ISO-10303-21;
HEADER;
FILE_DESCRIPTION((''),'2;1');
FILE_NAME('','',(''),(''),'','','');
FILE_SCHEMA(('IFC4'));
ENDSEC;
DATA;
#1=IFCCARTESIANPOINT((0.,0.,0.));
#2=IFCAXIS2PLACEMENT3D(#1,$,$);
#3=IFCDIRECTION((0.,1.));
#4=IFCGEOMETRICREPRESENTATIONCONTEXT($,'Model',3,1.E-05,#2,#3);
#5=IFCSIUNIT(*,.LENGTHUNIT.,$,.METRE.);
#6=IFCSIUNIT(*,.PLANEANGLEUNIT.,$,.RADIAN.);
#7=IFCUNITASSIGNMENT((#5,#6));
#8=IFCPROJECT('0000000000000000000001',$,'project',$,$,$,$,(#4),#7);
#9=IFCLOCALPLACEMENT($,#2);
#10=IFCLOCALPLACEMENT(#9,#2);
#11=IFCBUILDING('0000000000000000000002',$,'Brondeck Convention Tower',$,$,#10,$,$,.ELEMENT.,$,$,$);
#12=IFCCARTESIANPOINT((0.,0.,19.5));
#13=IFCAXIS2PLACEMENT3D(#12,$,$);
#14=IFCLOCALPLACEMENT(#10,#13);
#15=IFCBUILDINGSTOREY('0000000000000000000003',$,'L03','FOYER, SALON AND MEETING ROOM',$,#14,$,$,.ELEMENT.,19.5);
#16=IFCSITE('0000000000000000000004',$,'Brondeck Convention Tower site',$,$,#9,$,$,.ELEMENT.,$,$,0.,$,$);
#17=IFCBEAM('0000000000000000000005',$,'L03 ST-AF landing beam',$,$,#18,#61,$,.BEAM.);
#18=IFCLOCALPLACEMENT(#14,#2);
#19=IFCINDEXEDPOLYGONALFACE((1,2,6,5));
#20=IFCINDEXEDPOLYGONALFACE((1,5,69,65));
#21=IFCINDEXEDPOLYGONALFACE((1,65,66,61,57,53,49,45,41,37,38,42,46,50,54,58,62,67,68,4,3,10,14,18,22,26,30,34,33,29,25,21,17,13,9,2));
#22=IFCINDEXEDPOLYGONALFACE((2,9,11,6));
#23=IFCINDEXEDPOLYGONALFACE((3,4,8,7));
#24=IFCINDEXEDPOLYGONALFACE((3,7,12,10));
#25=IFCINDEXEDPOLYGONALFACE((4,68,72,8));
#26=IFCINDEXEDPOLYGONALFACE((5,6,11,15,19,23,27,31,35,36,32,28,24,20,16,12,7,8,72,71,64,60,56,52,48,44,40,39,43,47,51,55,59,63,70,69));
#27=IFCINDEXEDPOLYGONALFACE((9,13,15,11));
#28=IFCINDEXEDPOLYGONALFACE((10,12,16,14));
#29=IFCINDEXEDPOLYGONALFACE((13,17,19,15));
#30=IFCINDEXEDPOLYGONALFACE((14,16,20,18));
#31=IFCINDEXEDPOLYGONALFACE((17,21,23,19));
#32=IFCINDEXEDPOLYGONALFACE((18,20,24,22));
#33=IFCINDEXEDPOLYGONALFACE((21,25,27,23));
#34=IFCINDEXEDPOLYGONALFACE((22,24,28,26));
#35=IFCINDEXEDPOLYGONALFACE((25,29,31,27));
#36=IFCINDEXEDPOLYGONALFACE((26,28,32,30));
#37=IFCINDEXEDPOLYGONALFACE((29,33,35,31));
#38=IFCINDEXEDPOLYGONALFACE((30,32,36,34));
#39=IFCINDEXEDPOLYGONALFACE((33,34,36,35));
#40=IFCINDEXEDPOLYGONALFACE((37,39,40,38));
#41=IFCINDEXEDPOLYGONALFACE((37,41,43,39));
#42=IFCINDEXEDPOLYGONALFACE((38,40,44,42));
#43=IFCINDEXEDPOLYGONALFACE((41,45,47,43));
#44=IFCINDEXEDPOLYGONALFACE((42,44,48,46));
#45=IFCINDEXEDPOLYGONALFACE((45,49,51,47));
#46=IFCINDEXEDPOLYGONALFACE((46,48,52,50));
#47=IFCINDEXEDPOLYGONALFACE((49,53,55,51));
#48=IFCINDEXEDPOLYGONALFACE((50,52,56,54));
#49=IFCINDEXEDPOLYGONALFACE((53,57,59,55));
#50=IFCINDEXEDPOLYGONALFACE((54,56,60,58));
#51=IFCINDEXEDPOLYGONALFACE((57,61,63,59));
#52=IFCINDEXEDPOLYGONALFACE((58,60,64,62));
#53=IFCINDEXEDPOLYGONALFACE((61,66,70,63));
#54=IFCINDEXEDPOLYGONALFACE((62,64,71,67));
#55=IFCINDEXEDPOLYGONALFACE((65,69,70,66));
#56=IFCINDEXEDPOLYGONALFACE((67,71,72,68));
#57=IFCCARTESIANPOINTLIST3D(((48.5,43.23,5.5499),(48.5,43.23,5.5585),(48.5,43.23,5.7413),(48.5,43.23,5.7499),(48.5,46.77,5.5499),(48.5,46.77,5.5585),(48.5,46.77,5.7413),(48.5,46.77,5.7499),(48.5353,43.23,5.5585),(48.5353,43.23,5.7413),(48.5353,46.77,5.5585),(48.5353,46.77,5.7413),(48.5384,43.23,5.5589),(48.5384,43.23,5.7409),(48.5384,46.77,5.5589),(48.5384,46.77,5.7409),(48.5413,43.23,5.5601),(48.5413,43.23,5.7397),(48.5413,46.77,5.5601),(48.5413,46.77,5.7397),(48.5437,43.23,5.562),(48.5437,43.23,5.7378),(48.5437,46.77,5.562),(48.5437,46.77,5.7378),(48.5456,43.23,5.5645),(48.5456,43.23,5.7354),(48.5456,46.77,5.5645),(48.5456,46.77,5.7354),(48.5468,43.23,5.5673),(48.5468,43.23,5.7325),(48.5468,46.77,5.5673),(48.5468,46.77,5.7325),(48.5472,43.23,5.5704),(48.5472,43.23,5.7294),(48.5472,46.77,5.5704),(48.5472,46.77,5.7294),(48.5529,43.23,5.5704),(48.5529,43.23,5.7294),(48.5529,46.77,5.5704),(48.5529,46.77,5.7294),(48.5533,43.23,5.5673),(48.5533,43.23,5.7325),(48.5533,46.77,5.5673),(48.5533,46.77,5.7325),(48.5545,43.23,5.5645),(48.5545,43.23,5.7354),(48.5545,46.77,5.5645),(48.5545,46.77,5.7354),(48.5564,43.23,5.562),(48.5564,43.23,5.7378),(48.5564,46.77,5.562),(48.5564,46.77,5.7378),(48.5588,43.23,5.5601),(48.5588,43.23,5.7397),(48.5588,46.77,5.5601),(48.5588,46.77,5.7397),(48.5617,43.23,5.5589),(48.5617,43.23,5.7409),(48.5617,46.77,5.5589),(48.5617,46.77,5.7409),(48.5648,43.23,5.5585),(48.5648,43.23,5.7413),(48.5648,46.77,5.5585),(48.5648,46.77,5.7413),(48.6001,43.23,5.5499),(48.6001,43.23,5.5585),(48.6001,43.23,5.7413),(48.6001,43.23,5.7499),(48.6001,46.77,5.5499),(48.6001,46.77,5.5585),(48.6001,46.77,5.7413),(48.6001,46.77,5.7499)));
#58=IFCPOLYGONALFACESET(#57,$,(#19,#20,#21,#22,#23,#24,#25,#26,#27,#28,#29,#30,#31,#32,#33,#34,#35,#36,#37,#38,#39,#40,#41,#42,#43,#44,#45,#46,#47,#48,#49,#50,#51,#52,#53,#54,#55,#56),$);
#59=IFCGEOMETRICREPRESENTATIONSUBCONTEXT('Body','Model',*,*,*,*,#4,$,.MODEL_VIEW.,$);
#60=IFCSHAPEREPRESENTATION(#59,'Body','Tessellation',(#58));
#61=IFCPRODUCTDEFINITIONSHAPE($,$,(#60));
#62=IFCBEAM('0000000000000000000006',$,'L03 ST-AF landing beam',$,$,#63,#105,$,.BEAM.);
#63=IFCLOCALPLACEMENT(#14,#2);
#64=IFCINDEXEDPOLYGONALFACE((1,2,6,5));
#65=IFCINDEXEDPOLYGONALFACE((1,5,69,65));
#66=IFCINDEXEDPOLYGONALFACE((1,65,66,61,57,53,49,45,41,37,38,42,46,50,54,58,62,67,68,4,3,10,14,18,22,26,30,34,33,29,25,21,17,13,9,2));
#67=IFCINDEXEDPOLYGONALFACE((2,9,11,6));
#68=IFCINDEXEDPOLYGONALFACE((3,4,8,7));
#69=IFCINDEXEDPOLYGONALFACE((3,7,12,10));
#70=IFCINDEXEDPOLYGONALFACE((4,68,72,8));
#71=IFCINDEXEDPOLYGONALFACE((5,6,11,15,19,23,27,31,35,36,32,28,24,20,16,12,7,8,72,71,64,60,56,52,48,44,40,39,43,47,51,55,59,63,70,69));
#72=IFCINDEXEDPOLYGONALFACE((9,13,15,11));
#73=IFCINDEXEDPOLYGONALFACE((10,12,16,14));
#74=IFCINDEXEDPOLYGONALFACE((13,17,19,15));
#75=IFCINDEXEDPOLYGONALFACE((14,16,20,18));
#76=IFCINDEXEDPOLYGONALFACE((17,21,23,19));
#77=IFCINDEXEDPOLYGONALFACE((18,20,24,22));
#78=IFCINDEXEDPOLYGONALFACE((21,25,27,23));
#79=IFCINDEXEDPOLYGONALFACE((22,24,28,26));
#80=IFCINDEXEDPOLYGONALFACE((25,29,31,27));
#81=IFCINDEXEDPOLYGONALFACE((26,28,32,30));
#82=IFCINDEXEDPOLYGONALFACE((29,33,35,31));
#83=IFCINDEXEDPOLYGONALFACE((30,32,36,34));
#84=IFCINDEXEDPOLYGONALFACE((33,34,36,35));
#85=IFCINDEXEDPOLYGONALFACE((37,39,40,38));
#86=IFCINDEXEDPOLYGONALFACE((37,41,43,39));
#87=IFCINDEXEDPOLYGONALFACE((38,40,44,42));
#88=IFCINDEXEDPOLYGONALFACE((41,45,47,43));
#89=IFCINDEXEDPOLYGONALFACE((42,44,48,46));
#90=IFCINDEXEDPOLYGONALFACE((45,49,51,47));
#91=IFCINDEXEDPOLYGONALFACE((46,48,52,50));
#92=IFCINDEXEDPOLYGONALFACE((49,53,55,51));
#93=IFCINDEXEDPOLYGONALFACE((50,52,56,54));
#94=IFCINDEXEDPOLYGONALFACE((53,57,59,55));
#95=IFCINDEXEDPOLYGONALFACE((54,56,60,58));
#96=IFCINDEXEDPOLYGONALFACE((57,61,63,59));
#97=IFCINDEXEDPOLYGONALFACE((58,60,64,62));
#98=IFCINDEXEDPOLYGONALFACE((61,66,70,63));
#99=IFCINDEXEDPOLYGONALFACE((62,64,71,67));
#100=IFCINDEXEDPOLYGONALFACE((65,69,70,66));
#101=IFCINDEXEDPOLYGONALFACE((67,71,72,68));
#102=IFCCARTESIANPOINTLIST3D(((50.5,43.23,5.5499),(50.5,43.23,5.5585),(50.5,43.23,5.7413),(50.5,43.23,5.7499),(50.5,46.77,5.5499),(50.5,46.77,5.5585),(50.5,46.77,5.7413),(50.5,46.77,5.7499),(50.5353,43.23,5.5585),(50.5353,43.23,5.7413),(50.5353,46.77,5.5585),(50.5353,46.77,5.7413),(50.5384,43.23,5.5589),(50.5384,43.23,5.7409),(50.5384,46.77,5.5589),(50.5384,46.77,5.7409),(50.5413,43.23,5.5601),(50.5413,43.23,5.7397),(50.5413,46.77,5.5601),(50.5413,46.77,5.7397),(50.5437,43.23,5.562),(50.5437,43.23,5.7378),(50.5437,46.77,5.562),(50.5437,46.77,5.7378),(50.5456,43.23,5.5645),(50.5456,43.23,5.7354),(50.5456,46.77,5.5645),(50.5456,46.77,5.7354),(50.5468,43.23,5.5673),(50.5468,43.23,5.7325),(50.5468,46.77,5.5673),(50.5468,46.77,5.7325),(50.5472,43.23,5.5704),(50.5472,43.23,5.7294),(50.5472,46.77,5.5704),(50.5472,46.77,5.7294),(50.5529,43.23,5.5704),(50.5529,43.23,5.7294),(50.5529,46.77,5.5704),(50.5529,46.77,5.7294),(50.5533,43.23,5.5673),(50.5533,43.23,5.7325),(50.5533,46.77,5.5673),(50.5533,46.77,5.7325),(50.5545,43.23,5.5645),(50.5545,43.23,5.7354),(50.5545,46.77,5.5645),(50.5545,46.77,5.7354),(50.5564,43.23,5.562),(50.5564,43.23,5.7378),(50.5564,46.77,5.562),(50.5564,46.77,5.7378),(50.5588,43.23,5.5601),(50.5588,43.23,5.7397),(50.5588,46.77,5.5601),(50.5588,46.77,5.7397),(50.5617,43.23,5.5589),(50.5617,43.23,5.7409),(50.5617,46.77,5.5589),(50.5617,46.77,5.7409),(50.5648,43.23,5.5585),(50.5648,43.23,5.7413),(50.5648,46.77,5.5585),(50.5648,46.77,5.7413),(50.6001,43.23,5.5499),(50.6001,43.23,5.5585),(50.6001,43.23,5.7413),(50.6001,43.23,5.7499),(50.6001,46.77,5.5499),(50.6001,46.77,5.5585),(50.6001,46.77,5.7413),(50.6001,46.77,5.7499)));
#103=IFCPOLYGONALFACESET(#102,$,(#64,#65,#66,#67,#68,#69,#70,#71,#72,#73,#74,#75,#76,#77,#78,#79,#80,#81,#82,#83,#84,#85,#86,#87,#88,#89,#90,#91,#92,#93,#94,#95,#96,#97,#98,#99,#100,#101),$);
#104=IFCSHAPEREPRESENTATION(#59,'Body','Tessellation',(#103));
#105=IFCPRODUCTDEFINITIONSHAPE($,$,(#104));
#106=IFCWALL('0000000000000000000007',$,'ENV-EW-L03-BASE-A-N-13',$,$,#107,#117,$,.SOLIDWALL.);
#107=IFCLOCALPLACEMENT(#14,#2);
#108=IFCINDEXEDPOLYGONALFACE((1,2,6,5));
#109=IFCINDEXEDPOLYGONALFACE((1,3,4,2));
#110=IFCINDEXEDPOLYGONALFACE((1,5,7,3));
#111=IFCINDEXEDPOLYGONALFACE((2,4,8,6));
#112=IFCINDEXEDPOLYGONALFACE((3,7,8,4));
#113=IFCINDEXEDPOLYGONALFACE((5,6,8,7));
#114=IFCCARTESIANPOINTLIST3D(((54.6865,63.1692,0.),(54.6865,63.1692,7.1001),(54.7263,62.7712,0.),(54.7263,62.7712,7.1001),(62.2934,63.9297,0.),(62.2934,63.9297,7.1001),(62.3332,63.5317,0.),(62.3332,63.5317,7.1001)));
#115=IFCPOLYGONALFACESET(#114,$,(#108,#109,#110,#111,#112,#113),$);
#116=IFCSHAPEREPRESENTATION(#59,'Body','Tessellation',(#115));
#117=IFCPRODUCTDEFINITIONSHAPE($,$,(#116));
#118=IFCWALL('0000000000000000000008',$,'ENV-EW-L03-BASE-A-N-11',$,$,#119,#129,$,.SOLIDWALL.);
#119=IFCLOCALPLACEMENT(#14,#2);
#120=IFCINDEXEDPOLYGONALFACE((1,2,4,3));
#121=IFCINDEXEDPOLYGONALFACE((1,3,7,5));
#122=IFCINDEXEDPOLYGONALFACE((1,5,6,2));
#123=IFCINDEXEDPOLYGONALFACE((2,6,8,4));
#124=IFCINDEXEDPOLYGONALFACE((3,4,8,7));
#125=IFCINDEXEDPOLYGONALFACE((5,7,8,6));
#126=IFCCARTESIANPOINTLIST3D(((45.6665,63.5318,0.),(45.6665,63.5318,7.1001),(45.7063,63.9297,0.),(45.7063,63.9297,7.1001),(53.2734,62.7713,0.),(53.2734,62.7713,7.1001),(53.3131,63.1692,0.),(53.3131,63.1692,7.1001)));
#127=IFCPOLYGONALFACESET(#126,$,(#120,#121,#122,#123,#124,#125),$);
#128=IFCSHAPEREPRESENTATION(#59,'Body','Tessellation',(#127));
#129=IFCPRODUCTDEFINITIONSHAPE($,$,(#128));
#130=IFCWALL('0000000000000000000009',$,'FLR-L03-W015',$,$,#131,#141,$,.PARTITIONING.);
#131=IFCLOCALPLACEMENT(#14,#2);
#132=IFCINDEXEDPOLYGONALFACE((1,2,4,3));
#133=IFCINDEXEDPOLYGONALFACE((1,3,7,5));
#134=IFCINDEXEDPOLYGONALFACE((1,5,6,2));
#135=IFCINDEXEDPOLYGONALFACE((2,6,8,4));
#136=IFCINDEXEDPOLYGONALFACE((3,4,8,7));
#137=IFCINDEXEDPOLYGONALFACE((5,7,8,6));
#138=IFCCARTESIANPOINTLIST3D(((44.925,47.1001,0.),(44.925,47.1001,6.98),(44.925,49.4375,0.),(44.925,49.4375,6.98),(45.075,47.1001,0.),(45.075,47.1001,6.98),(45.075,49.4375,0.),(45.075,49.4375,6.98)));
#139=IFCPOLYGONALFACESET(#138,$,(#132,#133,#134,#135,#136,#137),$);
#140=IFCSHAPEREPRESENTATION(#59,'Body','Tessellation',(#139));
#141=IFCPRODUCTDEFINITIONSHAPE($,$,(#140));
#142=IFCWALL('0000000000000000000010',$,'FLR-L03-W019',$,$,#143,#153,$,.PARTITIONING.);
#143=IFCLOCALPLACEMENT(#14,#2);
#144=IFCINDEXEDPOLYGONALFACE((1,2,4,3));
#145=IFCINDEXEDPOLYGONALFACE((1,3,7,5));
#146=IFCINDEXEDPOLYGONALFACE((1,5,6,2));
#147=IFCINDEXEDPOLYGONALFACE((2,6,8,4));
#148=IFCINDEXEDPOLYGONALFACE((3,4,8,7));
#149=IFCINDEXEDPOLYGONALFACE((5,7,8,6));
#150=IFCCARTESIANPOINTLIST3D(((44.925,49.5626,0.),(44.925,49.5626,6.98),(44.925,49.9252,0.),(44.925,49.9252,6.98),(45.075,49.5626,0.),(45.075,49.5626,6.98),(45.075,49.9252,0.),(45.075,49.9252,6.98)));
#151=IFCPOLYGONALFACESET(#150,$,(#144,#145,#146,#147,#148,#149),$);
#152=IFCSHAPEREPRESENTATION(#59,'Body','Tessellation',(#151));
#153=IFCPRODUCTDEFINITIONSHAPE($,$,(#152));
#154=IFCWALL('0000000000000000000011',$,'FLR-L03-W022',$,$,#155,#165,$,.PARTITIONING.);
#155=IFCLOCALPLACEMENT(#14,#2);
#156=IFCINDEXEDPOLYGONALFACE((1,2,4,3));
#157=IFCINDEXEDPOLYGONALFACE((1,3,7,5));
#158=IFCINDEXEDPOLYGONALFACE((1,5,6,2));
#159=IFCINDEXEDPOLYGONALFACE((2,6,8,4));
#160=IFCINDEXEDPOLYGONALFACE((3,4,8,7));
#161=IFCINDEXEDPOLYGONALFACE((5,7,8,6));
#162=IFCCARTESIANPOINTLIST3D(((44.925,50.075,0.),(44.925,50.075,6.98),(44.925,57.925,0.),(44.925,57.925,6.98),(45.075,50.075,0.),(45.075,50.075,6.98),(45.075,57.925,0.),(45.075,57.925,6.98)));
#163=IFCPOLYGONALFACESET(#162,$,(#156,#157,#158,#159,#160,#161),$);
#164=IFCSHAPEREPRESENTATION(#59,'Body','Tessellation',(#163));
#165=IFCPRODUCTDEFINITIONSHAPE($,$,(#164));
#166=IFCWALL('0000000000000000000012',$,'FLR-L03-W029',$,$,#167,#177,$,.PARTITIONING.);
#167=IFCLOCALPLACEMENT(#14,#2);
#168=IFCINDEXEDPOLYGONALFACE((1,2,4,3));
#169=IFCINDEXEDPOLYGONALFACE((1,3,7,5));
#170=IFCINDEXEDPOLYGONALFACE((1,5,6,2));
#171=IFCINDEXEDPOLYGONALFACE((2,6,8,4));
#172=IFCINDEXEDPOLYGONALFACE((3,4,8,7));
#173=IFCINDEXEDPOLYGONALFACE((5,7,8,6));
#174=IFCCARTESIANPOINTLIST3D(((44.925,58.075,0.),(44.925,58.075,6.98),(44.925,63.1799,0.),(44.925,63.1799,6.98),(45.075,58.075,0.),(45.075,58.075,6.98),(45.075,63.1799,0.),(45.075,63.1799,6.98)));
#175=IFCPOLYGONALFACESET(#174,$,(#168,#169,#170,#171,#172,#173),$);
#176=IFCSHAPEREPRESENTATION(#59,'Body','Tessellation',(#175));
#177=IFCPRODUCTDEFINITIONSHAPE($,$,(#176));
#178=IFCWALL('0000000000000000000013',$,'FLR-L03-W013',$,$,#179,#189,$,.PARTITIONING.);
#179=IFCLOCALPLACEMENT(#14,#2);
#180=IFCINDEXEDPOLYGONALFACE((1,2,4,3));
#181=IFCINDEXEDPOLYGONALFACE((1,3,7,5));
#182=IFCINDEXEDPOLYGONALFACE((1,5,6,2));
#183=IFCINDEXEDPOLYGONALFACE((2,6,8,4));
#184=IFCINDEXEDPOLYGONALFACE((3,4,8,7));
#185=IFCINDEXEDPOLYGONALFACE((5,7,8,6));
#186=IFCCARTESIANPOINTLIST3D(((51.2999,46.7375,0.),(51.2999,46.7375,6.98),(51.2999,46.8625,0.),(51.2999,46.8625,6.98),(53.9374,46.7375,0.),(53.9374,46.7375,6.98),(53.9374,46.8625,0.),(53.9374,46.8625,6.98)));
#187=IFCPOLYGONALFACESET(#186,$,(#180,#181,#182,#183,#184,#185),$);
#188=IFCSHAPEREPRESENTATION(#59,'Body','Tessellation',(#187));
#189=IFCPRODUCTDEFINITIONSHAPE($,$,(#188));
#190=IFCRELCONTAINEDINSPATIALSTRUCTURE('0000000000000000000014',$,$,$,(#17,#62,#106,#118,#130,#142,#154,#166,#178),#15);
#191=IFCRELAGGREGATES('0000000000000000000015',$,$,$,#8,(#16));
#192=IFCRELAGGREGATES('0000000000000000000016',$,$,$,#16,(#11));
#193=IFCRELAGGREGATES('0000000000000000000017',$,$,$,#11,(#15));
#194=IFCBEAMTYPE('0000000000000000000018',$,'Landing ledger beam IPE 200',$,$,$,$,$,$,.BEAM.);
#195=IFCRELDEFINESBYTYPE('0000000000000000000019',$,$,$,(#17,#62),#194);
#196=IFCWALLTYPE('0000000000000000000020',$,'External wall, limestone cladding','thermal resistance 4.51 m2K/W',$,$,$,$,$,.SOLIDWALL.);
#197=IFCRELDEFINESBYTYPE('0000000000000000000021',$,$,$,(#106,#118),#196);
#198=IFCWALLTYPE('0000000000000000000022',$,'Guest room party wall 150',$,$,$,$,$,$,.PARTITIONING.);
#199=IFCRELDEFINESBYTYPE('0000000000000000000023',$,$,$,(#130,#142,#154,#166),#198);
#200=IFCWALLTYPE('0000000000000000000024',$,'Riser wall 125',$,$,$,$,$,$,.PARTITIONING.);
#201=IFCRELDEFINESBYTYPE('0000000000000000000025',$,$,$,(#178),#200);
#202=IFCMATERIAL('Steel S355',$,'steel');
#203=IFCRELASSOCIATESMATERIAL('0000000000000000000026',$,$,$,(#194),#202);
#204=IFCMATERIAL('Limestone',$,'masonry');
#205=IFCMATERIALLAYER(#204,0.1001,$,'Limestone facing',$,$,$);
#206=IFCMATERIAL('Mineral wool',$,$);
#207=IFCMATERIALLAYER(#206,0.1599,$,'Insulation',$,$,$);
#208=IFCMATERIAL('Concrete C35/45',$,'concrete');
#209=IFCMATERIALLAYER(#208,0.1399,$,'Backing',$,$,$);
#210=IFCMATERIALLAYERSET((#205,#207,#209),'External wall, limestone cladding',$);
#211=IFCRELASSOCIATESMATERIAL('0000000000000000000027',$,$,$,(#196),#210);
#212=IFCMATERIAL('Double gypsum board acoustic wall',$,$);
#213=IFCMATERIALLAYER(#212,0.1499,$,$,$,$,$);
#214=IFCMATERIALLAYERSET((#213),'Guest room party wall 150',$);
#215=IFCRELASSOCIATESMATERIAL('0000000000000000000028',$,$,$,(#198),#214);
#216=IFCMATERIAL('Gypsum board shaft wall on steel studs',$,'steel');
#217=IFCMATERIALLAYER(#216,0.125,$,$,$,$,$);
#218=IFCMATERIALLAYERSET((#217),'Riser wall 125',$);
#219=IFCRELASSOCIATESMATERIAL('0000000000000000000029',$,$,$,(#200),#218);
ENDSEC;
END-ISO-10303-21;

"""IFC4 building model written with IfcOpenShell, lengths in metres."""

from ifc_helpers import new_model, si_unit, direction, frame, frame_2d, origin, origin_2d, place, context, subcontext, project, spatial, rectangle, i_section, extrude, material, layer, layer_set, material_profile, profile_set, type_object, element, save


model = new_model("IFC4")

# Units and contexts
model_context = context("Model", 3, precision=1e-05, world=origin(), true_north=direction((0.0, 1.0)))
body_context = subcontext(model_context, "Body", "Model", "MODEL_VIEW")
ifc_project = project(units=[si_unit("LENGTHUNIT", "METRE"), si_unit("PLANEANGLEUNIT", "RADIAN")], contexts=[model_context])

# Site, building, storey
site_placement = place(None, origin())
site = spatial("IfcSite", under=ifc_project, at=site_placement, Name="Brondeck Convention Tower site", CompositionType="ELEMENT", RefElevation=0.0)
building_placement = place(site_placement, origin())
building = spatial("IfcBuilding", under=site, at=building_placement, Name="Brondeck Convention Tower", CompositionType="ELEMENT")
storey_placement = place(building_placement, frame((0.0, 0.0, 19.5)))
storey = spatial("IfcBuildingStorey", under=building, at=storey_placement, Name="L03", Description="FOYER, SALON AND MEETING ROOM", CompositionType="ELEMENT", Elevation=19.5)

# Beams
ifc_material_1 = material(Name="Steel S355", Category="steel")
ifc_material_profile_1 = material_profile(ifc_material_1, i_section(OverallWidth=0.1001, OverallDepth=0.2, WebThickness=0.0056, FlangeThickness=0.0085, FilletRadius=0.012, at=origin_2d()), Name="IPE200")
ifc_profile_set_1 = profile_set([ifc_material_profile_1], Name="Steel S355")
beam_type_1 = type_object("IfcBeamType", Name="Landing ledger beam IPE 200", PredefinedType="BEAM", material=ifc_profile_set_1)
for number, where, z_axis, x_axis, name in (
    (1, (48.55, 43.23, 5.6499), (0.0, 1.0, 0.0), (-1.0, 0.0, 0.0), "L03 ST-AF landing beam"),
    (2, (50.55, 43.23, 5.6499), (0.0, 1.0, 0.0), (-1.0, 0.0, 0.0), "L03 ST-AF landing beam"),
):
    element("IfcBeam", number, at=place(storey_placement, frame(where, z_axis=z_axis, x_axis=x_axis)), inside=storey, type_object=beam_type_1, Name=name, PredefinedType="BEAM", context=body_context, shape_type="SweptSolid", body=[
        extrude(i_section(OverallWidth=0.1001, OverallDepth=0.2, WebThickness=0.0056, FlangeThickness=0.0085, FilletRadius=0.012, at=origin_2d()), origin(), (0.0, 0.0, 1.0), 3.54),
    ])

# Walls
ifc_material_2 = material(Name="Limestone", Category="masonry")
ifc_layer_1 = layer(ifc_material_2, 0.1001, Name="Limestone facing")
ifc_material_3 = material(Name="Mineral wool")
ifc_layer_2 = layer(ifc_material_3, 0.1599, Name="Insulation")
ifc_material_4 = material(Name="Concrete C35/45", Category="concrete")
ifc_layer_3 = layer(ifc_material_4, 0.1399, Name="Backing")
ifc_layer_set_1 = layer_set([ifc_layer_1, ifc_layer_2, ifc_layer_3], Name="External wall, limestone cladding")
wall_type_1 = type_object("IfcWallType", Name="External wall, limestone cladding", Description="thermal resistance 4.51 m2K/W", PredefinedType="SOLIDWALL", material=ifc_layer_set_1)
for number, where, z_axis, x_axis, name in (
    (3, (54.7065, 62.9702, 0.0), (0.0, 0.0, 1.0), (0.99504, 0.099478, 0.0), "ENV-EW-L03-BASE-A-N-13"),
    (4, (45.6865, 63.7307, 0.0), (0.0, 0.0, 1.0), (0.99504, -0.099478, 0.0), "ENV-EW-L03-BASE-A-N-11"),
):
    element("IfcWall", number, at=place(storey_placement, frame(where, z_axis=z_axis, x_axis=x_axis)), inside=storey, type_object=wall_type_1, Name=name, PredefinedType="SOLIDWALL", context=body_context, shape_type="SweptSolid", body=[
        extrude(rectangle(XDim=7.6448, YDim=0.3999, at=frame_2d((3.8223, 0.0))), origin(), (0.0, 0.0, 1.0), 7.1001),
    ])
ifc_material_5 = material(Name="Double gypsum board acoustic wall")
ifc_layer_4 = layer(ifc_material_5, 0.1499)
ifc_layer_set_2 = layer_set([ifc_layer_4], Name="Guest room party wall 150")
wall_type_2 = type_object("IfcWallType", Name="Guest room party wall 150", PredefinedType="PARTITIONING", material=ifc_layer_set_2)
wall_1_placement = place(storey_placement, frame((45.0, 49.4375, 0.0), z_axis=(0.0, 0.0, 1.0), x_axis=(0.0, -1.0, 0.0)))
element("IfcWall", 5, at=wall_1_placement, inside=storey, type_object=wall_type_2, Name="FLR-L03-W015", PredefinedType="PARTITIONING", context=body_context, shape_type="SweptSolid", body=[
    extrude(rectangle(XDim=2.3374, YDim=0.1499, at=frame_2d((1.1687, 0.0))), origin(), (0.0, 0.0, 1.0), 6.98),
])
wall_2_placement = place(storey_placement, frame((45.0, 49.925, 0.0), z_axis=(0.0, 0.0, 1.0), x_axis=(0.0, -1.0, 0.0)))
element("IfcWall", 6, at=wall_2_placement, inside=storey, type_object=wall_type_2, Name="FLR-L03-W019", PredefinedType="PARTITIONING", context=body_context, shape_type="SweptSolid", body=[
    extrude(rectangle(XDim=0.3625, YDim=0.1499, at=frame_2d((0.1812, 0.0))), origin(), (0.0, 0.0, 1.0), 6.98),
])
wall_3_placement = place(storey_placement, frame((45.0, 57.925, 0.0), z_axis=(0.0, 0.0, 1.0), x_axis=(0.0, -1.0, 0.0)))
element("IfcWall", 7, at=wall_3_placement, inside=storey, type_object=wall_type_2, Name="FLR-L03-W022", PredefinedType="PARTITIONING", context=body_context, shape_type="SweptSolid", body=[
    extrude(rectangle(XDim=7.8501, YDim=0.1499, at=frame_2d((3.925, 0.0))), origin(), (0.0, 0.0, 1.0), 6.98),
])
wall_4_placement = place(storey_placement, frame((45.0, 63.1799, 0.0), z_axis=(0.0, 0.0, 1.0), x_axis=(0.0, -1.0, 0.0)))
element("IfcWall", 8, at=wall_4_placement, inside=storey, type_object=wall_type_2, Name="FLR-L03-W029", PredefinedType="PARTITIONING", context=body_context, shape_type="SweptSolid", body=[
    extrude(rectangle(XDim=5.105, YDim=0.1499, at=frame_2d((2.5525, 0.0))), origin(), (0.0, 0.0, 1.0), 6.98),
])
ifc_material_6 = material(Name="Gypsum board shaft wall on steel studs", Category="steel")
ifc_layer_5 = layer(ifc_material_6, 0.125)
ifc_layer_set_3 = layer_set([ifc_layer_5], Name="Riser wall 125")
wall_type_3 = type_object("IfcWallType", Name="Riser wall 125", PredefinedType="PARTITIONING", material=ifc_layer_set_3)
wall_5_placement = place(storey_placement, frame((53.9375, 46.8, 0.0), z_axis=(0.0, 0.0, 1.0), x_axis=(-1.0, 0.0, 0.0)))
element("IfcWall", 9, at=wall_5_placement, inside=storey, type_object=wall_type_3, Name="FLR-L03-W013", PredefinedType="PARTITIONING", context=body_context, shape_type="SweptSolid", body=[
    extrude(rectangle(XDim=2.6375, YDim=0.125, at=frame_2d((1.3188, 0.0))), origin(), (0.0, 0.0, 1.0), 6.98),
])

save(model, "model.ifc")
